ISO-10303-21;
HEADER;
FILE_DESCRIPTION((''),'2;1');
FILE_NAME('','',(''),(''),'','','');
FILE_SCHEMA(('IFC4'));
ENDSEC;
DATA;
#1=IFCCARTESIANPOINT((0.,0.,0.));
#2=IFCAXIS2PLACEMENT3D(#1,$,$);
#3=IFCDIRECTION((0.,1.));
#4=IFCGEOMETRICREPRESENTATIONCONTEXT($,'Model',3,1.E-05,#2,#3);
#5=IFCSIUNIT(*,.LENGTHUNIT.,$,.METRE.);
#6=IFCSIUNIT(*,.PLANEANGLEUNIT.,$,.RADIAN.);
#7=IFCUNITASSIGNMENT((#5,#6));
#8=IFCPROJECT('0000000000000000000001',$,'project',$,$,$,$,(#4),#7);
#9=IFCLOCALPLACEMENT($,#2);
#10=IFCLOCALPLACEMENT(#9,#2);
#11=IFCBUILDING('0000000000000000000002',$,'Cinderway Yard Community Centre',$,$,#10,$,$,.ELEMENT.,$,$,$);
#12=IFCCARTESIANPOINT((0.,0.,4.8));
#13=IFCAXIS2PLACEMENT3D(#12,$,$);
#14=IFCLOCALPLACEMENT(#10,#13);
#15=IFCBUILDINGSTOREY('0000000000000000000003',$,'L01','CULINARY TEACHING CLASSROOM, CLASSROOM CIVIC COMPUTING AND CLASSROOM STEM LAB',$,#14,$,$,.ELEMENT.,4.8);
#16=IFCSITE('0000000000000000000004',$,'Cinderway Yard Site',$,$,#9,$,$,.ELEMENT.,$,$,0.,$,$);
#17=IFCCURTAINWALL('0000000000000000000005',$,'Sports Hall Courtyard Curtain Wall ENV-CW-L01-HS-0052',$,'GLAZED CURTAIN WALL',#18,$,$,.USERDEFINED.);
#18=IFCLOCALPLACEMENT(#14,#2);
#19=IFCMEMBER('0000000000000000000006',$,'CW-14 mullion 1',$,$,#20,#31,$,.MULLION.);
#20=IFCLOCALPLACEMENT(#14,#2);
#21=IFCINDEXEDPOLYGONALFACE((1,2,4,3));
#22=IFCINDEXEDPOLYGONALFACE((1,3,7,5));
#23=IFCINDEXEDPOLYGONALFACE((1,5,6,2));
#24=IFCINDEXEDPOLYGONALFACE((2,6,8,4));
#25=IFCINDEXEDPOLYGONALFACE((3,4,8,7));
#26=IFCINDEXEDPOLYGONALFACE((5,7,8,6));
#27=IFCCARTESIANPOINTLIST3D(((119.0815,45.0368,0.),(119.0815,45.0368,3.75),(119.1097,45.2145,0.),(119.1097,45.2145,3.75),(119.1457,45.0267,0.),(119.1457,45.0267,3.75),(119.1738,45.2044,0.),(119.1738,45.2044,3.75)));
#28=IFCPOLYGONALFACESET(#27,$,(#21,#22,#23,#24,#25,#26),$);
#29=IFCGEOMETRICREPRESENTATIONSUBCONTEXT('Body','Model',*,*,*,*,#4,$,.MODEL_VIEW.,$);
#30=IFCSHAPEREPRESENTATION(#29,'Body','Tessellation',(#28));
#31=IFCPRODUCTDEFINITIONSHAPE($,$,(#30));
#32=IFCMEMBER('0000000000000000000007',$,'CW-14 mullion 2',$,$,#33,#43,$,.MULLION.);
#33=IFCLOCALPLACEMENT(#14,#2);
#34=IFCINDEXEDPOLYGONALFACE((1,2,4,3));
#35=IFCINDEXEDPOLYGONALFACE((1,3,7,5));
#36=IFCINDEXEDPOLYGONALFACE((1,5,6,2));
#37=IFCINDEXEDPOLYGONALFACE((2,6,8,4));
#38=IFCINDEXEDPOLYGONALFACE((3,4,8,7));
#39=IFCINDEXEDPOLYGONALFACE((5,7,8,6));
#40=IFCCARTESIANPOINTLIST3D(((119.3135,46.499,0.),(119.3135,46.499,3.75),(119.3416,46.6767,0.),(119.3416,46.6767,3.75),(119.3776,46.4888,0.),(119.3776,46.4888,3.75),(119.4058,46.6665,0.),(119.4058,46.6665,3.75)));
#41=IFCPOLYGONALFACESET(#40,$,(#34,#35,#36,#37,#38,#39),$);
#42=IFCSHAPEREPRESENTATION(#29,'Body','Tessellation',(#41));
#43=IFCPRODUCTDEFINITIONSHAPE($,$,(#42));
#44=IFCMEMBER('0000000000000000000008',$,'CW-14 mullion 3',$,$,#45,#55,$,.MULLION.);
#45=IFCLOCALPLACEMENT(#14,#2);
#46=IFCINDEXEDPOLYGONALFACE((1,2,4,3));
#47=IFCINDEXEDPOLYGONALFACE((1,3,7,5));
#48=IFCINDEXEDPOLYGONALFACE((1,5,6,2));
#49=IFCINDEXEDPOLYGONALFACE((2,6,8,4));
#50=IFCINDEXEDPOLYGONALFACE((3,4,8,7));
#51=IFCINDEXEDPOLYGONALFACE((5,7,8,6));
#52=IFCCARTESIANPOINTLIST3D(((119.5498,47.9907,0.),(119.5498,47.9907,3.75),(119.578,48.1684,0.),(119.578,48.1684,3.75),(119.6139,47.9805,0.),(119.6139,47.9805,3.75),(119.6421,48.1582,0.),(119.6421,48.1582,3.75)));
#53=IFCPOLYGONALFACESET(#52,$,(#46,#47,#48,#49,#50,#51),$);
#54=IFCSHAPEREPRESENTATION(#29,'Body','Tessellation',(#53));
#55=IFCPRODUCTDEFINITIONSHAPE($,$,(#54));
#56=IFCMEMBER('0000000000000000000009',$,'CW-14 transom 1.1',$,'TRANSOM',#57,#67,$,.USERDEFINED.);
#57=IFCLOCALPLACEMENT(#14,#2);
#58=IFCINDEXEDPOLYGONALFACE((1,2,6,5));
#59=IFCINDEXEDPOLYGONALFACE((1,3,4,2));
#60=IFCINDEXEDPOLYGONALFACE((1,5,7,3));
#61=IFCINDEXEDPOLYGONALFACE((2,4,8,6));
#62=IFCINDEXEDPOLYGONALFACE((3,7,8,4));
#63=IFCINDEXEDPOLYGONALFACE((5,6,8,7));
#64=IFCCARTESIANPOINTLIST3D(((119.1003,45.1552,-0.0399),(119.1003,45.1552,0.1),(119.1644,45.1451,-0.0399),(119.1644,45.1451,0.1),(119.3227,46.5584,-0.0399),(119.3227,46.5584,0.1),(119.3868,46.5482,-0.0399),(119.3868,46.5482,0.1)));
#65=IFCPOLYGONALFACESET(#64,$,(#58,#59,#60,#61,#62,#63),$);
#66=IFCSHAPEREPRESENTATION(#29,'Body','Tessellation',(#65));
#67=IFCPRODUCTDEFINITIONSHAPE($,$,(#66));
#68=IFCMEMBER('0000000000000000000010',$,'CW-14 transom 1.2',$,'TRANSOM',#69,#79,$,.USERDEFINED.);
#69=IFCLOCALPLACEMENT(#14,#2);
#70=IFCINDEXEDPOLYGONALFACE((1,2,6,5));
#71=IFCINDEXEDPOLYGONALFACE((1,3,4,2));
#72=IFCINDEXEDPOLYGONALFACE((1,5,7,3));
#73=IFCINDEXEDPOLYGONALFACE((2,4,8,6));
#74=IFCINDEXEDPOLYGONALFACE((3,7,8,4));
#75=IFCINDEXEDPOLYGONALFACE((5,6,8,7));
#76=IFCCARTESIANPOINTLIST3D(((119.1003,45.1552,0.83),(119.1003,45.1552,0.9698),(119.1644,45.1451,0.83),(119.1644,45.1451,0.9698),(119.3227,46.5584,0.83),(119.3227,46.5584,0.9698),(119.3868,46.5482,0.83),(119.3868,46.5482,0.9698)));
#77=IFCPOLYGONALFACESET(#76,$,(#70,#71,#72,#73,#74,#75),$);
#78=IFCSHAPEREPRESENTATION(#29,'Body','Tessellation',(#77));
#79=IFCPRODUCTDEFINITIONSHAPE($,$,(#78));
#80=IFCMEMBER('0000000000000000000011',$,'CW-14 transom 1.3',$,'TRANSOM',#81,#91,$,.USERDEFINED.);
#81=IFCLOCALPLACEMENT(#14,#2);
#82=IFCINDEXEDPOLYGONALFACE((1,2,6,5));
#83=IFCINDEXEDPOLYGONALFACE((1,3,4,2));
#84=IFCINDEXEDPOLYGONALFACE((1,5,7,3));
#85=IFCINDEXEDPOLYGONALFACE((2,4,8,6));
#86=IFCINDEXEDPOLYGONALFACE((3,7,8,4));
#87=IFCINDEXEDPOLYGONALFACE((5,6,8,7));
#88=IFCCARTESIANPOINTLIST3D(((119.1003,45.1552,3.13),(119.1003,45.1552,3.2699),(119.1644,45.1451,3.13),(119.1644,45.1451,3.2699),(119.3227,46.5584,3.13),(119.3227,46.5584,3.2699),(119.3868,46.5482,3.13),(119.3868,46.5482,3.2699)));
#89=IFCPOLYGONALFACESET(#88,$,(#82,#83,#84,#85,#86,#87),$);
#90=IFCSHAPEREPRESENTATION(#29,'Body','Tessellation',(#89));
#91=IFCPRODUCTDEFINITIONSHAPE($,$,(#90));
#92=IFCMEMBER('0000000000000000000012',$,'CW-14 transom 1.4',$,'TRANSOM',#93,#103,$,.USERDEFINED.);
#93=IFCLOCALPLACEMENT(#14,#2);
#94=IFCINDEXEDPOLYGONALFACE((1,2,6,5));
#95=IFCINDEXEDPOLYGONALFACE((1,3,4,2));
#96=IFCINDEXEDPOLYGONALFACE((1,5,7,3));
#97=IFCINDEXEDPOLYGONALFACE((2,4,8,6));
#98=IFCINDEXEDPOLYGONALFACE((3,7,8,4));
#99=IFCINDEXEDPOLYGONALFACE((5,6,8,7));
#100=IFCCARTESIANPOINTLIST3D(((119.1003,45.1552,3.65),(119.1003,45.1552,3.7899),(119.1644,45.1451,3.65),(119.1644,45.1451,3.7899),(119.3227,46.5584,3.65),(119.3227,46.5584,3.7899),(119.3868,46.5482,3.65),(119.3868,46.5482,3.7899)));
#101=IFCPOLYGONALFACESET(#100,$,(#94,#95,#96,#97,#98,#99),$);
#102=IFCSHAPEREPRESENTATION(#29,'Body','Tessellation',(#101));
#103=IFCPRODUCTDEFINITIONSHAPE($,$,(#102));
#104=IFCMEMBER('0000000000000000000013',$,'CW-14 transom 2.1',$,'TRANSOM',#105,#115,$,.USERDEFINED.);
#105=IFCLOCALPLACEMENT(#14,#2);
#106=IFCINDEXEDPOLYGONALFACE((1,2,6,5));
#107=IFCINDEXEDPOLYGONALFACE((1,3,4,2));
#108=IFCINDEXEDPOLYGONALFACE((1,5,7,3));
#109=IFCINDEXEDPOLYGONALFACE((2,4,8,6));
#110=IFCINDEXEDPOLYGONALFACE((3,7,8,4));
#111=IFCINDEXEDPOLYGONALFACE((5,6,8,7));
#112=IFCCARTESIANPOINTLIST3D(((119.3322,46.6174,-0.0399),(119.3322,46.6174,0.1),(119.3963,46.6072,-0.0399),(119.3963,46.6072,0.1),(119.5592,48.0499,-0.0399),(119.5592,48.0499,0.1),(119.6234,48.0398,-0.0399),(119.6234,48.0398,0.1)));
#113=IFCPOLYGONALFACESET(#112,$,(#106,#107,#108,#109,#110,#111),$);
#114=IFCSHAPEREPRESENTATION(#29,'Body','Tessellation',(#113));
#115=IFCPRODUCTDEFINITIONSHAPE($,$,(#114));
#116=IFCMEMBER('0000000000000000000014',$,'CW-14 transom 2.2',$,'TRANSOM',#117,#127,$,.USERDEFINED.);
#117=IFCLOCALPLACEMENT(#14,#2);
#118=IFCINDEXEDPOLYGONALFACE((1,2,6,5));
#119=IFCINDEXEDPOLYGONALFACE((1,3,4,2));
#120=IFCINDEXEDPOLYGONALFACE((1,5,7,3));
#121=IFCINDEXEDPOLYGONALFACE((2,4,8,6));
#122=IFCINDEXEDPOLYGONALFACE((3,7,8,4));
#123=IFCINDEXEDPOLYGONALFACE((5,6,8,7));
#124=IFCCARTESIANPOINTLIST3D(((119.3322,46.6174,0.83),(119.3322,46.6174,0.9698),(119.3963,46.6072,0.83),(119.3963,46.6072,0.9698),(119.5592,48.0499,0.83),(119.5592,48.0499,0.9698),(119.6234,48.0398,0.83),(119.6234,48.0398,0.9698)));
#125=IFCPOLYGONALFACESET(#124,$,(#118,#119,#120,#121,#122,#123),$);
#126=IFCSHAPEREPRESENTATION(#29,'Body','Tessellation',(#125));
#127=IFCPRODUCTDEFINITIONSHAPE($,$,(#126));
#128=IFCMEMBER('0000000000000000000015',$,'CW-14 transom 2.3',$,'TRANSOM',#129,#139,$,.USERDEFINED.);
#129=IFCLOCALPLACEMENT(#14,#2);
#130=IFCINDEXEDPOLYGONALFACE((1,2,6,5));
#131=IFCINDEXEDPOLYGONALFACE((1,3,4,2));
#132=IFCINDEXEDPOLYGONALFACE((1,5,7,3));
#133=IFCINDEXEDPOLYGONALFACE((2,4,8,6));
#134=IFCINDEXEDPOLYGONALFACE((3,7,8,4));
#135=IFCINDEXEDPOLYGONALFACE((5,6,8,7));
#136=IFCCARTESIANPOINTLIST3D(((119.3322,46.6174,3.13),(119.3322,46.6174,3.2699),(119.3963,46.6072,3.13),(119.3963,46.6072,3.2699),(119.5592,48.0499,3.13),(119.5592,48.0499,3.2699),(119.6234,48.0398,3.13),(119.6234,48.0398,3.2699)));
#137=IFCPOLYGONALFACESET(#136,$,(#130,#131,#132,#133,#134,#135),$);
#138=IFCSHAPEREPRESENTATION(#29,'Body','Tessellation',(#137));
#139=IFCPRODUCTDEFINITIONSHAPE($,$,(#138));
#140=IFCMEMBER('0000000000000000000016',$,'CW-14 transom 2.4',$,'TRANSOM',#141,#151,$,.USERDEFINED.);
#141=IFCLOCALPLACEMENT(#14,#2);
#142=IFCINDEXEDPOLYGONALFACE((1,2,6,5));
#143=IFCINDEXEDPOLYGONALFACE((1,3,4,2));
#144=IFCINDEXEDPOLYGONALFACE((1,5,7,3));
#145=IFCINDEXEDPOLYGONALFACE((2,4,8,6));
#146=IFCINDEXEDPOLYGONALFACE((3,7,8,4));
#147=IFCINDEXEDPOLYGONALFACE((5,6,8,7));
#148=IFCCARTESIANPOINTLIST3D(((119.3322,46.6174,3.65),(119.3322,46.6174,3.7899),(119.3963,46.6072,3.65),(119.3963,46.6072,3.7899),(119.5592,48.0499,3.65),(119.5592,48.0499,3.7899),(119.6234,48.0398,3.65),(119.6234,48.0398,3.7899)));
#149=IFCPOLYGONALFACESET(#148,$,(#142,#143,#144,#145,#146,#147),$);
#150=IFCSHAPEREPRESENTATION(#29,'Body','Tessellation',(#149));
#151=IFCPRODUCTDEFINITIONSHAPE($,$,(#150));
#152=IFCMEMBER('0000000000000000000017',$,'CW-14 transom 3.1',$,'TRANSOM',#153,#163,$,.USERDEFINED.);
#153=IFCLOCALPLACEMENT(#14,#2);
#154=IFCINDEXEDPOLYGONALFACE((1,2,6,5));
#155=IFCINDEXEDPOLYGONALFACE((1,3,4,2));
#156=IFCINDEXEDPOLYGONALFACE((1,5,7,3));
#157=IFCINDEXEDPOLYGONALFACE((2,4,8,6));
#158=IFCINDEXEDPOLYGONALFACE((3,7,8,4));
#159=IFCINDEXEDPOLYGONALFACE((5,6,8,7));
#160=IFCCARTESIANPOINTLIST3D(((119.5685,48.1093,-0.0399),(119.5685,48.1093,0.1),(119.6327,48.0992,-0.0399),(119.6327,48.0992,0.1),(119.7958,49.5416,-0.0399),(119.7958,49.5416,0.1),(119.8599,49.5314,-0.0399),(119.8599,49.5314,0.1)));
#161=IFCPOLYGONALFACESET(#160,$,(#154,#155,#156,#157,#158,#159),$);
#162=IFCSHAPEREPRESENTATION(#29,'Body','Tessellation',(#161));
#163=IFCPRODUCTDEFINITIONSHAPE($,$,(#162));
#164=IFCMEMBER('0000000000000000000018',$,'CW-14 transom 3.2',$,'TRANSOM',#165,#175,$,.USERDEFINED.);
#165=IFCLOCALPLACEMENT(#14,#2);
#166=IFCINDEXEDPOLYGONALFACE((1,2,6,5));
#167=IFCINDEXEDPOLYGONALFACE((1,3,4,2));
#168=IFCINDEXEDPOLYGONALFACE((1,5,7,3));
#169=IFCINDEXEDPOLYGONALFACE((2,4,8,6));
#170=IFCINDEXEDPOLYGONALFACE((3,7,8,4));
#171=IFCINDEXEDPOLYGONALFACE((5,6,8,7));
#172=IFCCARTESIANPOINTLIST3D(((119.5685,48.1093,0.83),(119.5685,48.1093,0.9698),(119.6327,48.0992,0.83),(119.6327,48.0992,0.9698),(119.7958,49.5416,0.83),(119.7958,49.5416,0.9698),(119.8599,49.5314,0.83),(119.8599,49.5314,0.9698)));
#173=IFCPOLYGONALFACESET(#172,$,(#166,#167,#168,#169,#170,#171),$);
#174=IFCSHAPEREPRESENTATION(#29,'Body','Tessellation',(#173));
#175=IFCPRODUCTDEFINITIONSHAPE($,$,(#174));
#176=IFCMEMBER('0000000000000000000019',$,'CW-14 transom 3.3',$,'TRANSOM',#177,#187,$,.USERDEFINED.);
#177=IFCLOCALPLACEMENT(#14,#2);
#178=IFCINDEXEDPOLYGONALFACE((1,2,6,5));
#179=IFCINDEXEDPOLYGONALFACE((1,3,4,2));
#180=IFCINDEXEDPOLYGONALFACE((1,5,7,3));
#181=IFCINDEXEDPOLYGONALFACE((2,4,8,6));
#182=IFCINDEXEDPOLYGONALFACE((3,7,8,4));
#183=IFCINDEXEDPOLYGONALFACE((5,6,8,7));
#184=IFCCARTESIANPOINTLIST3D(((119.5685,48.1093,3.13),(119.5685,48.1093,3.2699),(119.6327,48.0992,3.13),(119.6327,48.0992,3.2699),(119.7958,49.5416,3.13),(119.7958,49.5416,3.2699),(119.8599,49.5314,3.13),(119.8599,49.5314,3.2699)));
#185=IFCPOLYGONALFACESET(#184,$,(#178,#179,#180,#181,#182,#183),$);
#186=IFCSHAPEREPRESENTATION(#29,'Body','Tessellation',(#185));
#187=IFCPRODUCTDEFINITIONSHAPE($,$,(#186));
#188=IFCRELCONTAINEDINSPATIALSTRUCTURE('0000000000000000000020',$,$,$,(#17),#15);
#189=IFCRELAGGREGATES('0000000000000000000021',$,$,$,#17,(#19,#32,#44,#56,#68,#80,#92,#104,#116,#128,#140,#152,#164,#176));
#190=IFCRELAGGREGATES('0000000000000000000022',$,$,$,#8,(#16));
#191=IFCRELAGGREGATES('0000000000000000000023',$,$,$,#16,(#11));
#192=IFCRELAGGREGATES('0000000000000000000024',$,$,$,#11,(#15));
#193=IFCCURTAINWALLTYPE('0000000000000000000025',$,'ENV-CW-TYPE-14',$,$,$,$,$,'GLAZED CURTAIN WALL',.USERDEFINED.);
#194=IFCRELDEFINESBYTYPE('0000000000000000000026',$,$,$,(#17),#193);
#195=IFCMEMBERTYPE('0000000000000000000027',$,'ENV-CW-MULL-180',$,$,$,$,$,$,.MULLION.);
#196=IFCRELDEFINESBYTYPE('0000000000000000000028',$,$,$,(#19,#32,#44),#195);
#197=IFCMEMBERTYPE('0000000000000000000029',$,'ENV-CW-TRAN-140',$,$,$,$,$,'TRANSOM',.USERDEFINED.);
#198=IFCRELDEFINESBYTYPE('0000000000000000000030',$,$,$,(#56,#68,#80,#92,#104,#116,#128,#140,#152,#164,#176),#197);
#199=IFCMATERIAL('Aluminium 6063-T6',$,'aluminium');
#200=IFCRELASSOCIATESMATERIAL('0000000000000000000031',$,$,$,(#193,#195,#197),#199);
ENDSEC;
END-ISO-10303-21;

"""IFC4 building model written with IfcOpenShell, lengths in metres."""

from ifc_helpers import new_model, si_unit, direction, frame, origin, origin_2d, place, context, subcontext, project, spatial, rectangle, extrude, material, material_profile, profile_set, type_object, element, aggregate, save


model = new_model("IFC4")

# Units and contexts
model_context = context("Model", 3, precision=1e-05, world=origin(), true_north=direction((0.0, 1.0)))
body_context = subcontext(model_context, "Body", "Model", "MODEL_VIEW")
ifc_project = project(units=[si_unit("LENGTHUNIT", "METRE"), si_unit("PLANEANGLEUNIT", "RADIAN")], contexts=[model_context])

# Site, building, storey
site_placement = place(None, origin())
site = spatial("IfcSite", under=ifc_project, at=site_placement, Name="Cinderway Yard Site", CompositionType="ELEMENT", RefElevation=0.0)
building_placement = place(site_placement, origin())
building = spatial("IfcBuilding", under=site, at=building_placement, Name="Cinderway Yard Community Centre", CompositionType="ELEMENT")
storey_placement = place(building_placement, frame((0.0, 0.0, 4.8)))
storey = spatial("IfcBuildingStorey", under=building, at=storey_placement, Name="L01", Description="CULINARY TEACHING CLASSROOM, CLASSROOM CIVIC COMPUTING AND CLASSROOM STEM LAB", CompositionType="ELEMENT", Elevation=4.8)

# Curtain wall, members
ifc_material_1 = material(Name="Aluminium 6063-T6", Category="aluminium")
curtain_wall_type = type_object("IfcCurtainWallType", Name="ENV-CW-TYPE-14", ElementType="GLAZED CURTAIN WALL", PredefinedType="USERDEFINED", material=ifc_material_1)
curtain_wall_placement = place(storey_placement, origin())
curtain_wall = element("IfcCurtainWall", 1, at=curtain_wall_placement, inside=storey, type_object=curtain_wall_type, Name="Sports Hall Courtyard Curtain Wall ENV-CW-L01-HS-0052", ObjectType="GLAZED CURTAIN WALL", PredefinedType="USERDEFINED")
ifc_material_profile_1 = material_profile(ifc_material_1, rectangle(XDim=0.0649, YDim=0.1799, at=origin_2d()), Name="Aluminium 6063-T6")
ifc_profile_set_1 = profile_set([ifc_material_profile_1], Name="Aluminium 6063-T6")
member_type_1 = type_object("IfcMemberType", Name="ENV-CW-MULL-180", PredefinedType="MULLION", material=ifc_profile_set_1)
member_1_placement = place(storey_placement, frame((119.1277, 45.1206, 0.0), z_axis=(0.0, 0.0, 1.0), x_axis=(-0.987665, 0.156583, 0.0)))
member_1 = element("IfcMember", 2, at=member_1_placement, type_object=member_type_1, Name="CW-14 mullion 1", PredefinedType="MULLION", context=body_context, shape_type="SweptSolid", body=[
    extrude(rectangle(XDim=0.0649, YDim=0.1799, at=origin_2d()), origin(), (0.0, 0.0, 1.0), 3.75),
])
member_2_placement = place(storey_placement, frame((119.3596, 46.5828, 0.0), z_axis=(0.0, 0.0, 1.0), x_axis=(-0.987665, 0.156583, 0.0)))
member_2 = element("IfcMember", 3, at=member_2_placement, type_object=member_type_1, Name="CW-14 mullion 2", PredefinedType="MULLION", context=body_context, shape_type="SweptSolid", body=[
    extrude(rectangle(XDim=0.0649, YDim=0.1799, at=origin_2d()), origin(), (0.0, 0.0, 1.0), 3.75),
])
member_3_placement = place(storey_placement, frame((119.5959, 48.0745, 0.0), z_axis=(0.0, 0.0, 1.0), x_axis=(-0.987665, 0.156583, 0.0)))
member_3 = element("IfcMember", 4, at=member_3_placement, type_object=member_type_1, Name="CW-14 mullion 3", PredefinedType="MULLION", context=body_context, shape_type="SweptSolid", body=[
    extrude(rectangle(XDim=0.0649, YDim=0.1799, at=origin_2d()), origin(), (0.0, 0.0, 1.0), 3.75),
])
ifc_material_profile_2 = material_profile(ifc_material_1, rectangle(XDim=0.0649, YDim=0.1399, at=origin_2d()), Name="Aluminium 6063-T6")
ifc_profile_set_2 = profile_set([ifc_material_profile_2], Name="Aluminium 6063-T6")
member_type_2 = type_object("IfcMemberType", Name="ENV-CW-TRAN-140", ElementType="TRANSOM", PredefinedType="USERDEFINED", material=ifc_profile_set_2)
member_4_placement = place(storey_placement, frame((119.1323, 45.1501, 0.03), z_axis=(0.156563, 0.987668, 0.0), x_axis=(-0.987668, 0.156563, 0.0)))
member_4 = element("IfcMember", 5, at=member_4_placement, type_object=member_type_2, Name="CW-14 transom 1.1", ObjectType="TRANSOM", PredefinedType="USERDEFINED", context=body_context, shape_type="SweptSolid", body=[
    extrude(rectangle(XDim=0.0649, YDim=0.1399, at=origin_2d()), origin(), (0.0, 0.0, 1.0), 1.4207),
])
member_5_placement = place(storey_placement, frame((119.1323, 45.1501, 0.8999), z_axis=(0.156563, 0.987668, 0.0), x_axis=(-0.987668, 0.156563, 0.0)))
member_5 = element("IfcMember", 6, at=member_5_placement, type_object=member_type_2, Name="CW-14 transom 1.2", ObjectType="TRANSOM", PredefinedType="USERDEFINED", context=body_context, shape_type="SweptSolid", body=[
    extrude(rectangle(XDim=0.0649, YDim=0.1399, at=origin_2d()), origin(), (0.0, 0.0, 1.0), 1.4207),
])
member_6_placement = place(storey_placement, frame((119.1323, 45.1501, 3.2), z_axis=(0.156563, 0.987668, 0.0), x_axis=(-0.987668, 0.156563, 0.0)))
member_6 = element("IfcMember", 7, at=member_6_placement, type_object=member_type_2, Name="CW-14 transom 1.3", ObjectType="TRANSOM", PredefinedType="USERDEFINED", context=body_context, shape_type="SweptSolid", body=[
    extrude(rectangle(XDim=0.0649, YDim=0.1399, at=origin_2d()), origin(), (0.0, 0.0, 1.0), 1.4207),
])
member_7_placement = place(storey_placement, frame((119.1323, 45.1501, 3.72), z_axis=(0.156563, 0.987668, 0.0), x_axis=(-0.987668, 0.156563, 0.0)))
member_7 = element("IfcMember", 8, at=member_7_placement, type_object=member_type_2, Name="CW-14 transom 1.4", ObjectType="TRANSOM", PredefinedType="USERDEFINED", context=body_context, shape_type="SweptSolid", body=[
    extrude(rectangle(XDim=0.0649, YDim=0.1399, at=origin_2d()), origin(), (0.0, 0.0, 1.0), 1.4207),
])
member_8_placement = place(storey_placement, frame((119.3643, 46.6123, 0.03), z_axis=(0.156533, 0.987673, 0.0), x_axis=(-0.987673, 0.156533, 0.0)))
member_8 = element("IfcMember", 9, at=member_8_placement, type_object=member_type_2, Name="CW-14 transom 2.1", ObjectType="TRANSOM", PredefinedType="USERDEFINED", context=body_context, shape_type="SweptSolid", body=[
    extrude(rectangle(XDim=0.0649, YDim=0.1399, at=origin_2d()), origin(), (0.0, 0.0, 1.0), 1.4504),
])
member_9_placement = place(storey_placement, frame((119.3643, 46.6123, 0.8999), z_axis=(0.156533, 0.987673, 0.0), x_axis=(-0.987673, 0.156533, 0.0)))
member_9 = element("IfcMember", 10, at=member_9_placement, type_object=member_type_2, Name="CW-14 transom 2.2", ObjectType="TRANSOM", PredefinedType="USERDEFINED", context=body_context, shape_type="SweptSolid", body=[
    extrude(rectangle(XDim=0.0649, YDim=0.1399, at=origin_2d()), origin(), (0.0, 0.0, 1.0), 1.4504),
])
member_10_placement = place(storey_placement, frame((119.3643, 46.6123, 3.2), z_axis=(0.156533, 0.987673, 0.0), x_axis=(-0.987673, 0.156533, 0.0)))
member_10 = element("IfcMember", 11, at=member_10_placement, type_object=member_type_2, Name="CW-14 transom 2.3", ObjectType="TRANSOM", PredefinedType="USERDEFINED", context=body_context, shape_type="SweptSolid", body=[
    extrude(rectangle(XDim=0.0649, YDim=0.1399, at=origin_2d()), origin(), (0.0, 0.0, 1.0), 1.4504),
])
member_11_placement = place(storey_placement, frame((119.3643, 46.6123, 3.72), z_axis=(0.156533, 0.987673, 0.0), x_axis=(-0.987673, 0.156533, 0.0)))
member_11 = element("IfcMember", 12, at=member_11_placement, type_object=member_type_2, Name="CW-14 transom 2.4", ObjectType="TRANSOM", PredefinedType="USERDEFINED", context=body_context, shape_type="SweptSolid", body=[
    extrude(rectangle(XDim=0.0649, YDim=0.1399, at=origin_2d()), origin(), (0.0, 0.0, 1.0), 1.4504),
])
member_12_placement = place(storey_placement, frame((119.6006, 48.1042, 0.03), z_axis=(0.156723, 0.987643, 0.0), x_axis=(-0.987643, 0.156723, 0.0)))
member_12 = element("IfcMember", 13, at=member_12_placement, type_object=member_type_2, Name="CW-14 transom 3.1", ObjectType="TRANSOM", PredefinedType="USERDEFINED", context=body_context, shape_type="SweptSolid", body=[
    extrude(rectangle(XDim=0.0649, YDim=0.1399, at=origin_2d()), origin(), (0.0, 0.0, 1.0), 1.4502),
])
member_13_placement = place(storey_placement, frame((119.6006, 48.1042, 0.8999), z_axis=(0.156723, 0.987643, 0.0), x_axis=(-0.987643, 0.156723, 0.0)))
member_13 = element("IfcMember", 14, at=member_13_placement, type_object=member_type_2, Name="CW-14 transom 3.2", ObjectType="TRANSOM", PredefinedType="USERDEFINED", context=body_context, shape_type="SweptSolid", body=[
    extrude(rectangle(XDim=0.0649, YDim=0.1399, at=origin_2d()), origin(), (0.0, 0.0, 1.0), 1.4502),
])
member_14_placement = place(storey_placement, frame((119.6006, 48.1042, 3.2), z_axis=(0.156723, 0.987643, 0.0), x_axis=(-0.987643, 0.156723, 0.0)))
member_14 = element("IfcMember", 15, at=member_14_placement, type_object=member_type_2, Name="CW-14 transom 3.3", ObjectType="TRANSOM", PredefinedType="USERDEFINED", context=body_context, shape_type="SweptSolid", body=[
    extrude(rectangle(XDim=0.0649, YDim=0.1399, at=origin_2d()), origin(), (0.0, 0.0, 1.0), 1.4502),
])

aggregate(curtain_wall, [member_1, member_2, member_3, member_4, member_5, member_6, member_7, member_8, member_9, member_10, member_11, member_12, member_13, member_14])

save(model, "model.ifc")
